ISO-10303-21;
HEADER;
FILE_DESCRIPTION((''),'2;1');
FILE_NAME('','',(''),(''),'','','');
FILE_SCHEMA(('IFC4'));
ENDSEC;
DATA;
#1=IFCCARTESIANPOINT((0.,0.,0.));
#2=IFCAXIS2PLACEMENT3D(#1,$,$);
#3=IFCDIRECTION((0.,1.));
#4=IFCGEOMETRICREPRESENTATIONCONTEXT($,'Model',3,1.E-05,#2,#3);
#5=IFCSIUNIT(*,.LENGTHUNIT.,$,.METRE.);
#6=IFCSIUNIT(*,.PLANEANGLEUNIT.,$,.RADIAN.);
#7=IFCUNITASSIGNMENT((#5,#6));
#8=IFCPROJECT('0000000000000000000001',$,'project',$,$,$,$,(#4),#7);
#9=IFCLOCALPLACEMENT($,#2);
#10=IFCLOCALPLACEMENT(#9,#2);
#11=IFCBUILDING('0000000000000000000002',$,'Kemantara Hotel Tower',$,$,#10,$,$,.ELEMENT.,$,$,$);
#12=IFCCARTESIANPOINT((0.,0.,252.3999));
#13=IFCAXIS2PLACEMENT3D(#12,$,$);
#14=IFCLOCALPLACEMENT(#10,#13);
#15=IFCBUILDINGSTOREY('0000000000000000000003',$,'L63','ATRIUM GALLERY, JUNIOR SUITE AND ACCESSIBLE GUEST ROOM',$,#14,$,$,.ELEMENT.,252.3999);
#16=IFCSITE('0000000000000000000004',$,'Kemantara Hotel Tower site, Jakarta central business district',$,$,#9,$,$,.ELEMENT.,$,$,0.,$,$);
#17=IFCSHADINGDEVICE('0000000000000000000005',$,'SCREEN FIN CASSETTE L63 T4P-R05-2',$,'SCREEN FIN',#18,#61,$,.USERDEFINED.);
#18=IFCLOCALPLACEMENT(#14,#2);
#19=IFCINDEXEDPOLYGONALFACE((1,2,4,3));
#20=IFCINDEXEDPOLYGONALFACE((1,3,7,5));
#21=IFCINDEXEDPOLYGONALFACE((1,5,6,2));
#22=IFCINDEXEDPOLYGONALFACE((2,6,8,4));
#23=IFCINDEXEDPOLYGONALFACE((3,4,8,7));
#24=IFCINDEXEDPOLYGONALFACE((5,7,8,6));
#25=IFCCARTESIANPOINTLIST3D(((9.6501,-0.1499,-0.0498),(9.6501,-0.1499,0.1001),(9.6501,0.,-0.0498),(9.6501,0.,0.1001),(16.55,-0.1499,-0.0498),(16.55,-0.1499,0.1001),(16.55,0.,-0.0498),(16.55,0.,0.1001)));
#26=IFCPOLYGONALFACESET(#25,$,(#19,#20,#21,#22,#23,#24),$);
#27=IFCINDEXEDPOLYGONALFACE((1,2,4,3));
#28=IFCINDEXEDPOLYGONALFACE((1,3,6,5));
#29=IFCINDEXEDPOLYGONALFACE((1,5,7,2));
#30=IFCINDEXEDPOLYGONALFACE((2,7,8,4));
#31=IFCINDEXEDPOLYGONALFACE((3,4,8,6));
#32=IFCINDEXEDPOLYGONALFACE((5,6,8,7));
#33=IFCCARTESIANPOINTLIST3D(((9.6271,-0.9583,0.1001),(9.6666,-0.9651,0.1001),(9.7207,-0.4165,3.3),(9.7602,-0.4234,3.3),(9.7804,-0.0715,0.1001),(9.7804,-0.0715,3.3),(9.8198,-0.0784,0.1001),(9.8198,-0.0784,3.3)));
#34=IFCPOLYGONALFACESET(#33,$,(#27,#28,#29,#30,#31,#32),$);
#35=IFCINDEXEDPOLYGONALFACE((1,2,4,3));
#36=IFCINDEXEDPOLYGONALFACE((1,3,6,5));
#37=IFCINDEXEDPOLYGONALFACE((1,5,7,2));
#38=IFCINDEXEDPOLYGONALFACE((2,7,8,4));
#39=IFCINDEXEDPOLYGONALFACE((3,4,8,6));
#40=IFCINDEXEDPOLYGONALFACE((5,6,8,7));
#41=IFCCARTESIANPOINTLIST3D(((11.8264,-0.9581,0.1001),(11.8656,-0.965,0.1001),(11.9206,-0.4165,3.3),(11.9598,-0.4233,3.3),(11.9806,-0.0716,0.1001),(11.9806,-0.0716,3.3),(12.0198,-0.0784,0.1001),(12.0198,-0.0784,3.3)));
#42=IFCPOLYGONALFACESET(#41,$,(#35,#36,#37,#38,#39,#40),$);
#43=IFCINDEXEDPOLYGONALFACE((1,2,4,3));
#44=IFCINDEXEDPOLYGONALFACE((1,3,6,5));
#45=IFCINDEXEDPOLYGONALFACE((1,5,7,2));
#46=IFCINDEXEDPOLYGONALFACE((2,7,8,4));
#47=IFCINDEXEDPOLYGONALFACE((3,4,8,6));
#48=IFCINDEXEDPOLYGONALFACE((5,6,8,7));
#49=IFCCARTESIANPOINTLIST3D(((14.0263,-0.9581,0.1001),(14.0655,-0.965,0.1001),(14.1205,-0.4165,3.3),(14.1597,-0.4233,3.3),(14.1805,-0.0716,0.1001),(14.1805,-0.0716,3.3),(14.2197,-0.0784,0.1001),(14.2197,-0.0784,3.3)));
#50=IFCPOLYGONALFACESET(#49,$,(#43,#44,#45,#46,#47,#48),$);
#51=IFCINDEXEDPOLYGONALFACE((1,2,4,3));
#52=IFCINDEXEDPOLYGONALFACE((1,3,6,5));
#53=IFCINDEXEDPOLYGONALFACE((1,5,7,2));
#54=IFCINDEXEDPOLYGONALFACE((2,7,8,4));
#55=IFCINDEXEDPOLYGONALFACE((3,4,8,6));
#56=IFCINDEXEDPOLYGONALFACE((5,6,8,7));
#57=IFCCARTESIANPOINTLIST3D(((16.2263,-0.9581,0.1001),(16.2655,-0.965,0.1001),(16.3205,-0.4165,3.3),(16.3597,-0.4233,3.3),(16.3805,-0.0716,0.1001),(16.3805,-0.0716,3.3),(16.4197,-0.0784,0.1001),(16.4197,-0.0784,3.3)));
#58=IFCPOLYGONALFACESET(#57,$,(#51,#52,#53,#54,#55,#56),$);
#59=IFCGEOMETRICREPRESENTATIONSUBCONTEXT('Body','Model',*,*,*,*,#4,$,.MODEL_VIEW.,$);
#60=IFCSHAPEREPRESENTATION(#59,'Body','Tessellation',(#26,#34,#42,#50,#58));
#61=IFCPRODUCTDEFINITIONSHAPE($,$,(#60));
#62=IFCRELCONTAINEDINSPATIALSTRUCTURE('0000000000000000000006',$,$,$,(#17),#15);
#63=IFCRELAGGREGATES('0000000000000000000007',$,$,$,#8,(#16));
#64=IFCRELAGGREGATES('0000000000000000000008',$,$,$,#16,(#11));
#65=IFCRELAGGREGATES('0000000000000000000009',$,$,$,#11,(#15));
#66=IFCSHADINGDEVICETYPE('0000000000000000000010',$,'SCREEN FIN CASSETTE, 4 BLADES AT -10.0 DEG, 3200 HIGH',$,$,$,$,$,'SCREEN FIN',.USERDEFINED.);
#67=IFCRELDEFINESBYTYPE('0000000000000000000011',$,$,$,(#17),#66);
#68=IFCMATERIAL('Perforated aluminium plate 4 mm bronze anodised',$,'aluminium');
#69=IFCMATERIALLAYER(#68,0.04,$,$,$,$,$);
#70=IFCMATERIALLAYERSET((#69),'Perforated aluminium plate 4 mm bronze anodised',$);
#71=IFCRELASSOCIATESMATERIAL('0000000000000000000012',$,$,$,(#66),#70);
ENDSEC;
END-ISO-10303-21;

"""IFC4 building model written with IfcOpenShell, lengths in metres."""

from ifc_helpers import new_model, si_unit, direction, frame, origin, origin_2d, place, context, subcontext, project, spatial, polyline, rectangle, outline, extrude, source, transform, mapped, material, layer, layer_set, type_object, element, save


model = new_model("IFC4")

# Units and contexts
model_context = context("Model", 3, precision=1e-05, world=origin(), true_north=direction((0.0, 1.0)))
body_context = subcontext(model_context, "Body", "Model", "MODEL_VIEW")
ifc_project = project(units=[si_unit("LENGTHUNIT", "METRE"), si_unit("PLANEANGLEUNIT", "RADIAN")], contexts=[model_context])

# Site, building, storey
site_placement = place(None, origin())
site = spatial("IfcSite", under=ifc_project, at=site_placement, Name="Kemantara Hotel Tower site, Jakarta central business district", CompositionType="ELEMENT", RefElevation=0.0)
building_placement = place(site_placement, origin())
building = spatial("IfcBuilding", under=site, at=building_placement, Name="Kemantara Hotel Tower", CompositionType="ELEMENT")
storey_placement = place(building_placement, frame((0.0, 0.0, 252.3999)))
storey = spatial("IfcBuildingStorey", under=building, at=storey_placement, Name="L63", Description="ATRIUM GALLERY, JUNIOR SUITE AND ACCESSIBLE GUEST ROOM", CompositionType="ELEMENT", Elevation=252.3999)

# Shading device
ifc_material_1 = material(Name="Perforated aluminium plate 4 mm bronze anodised", Category="aluminium")
ifc_layer_1 = layer(ifc_material_1, 0.04)
ifc_layer_set_1 = layer_set([ifc_layer_1], Name="Perforated aluminium plate 4 mm bronze anodised")
shading_device_type_1 = type_object("IfcShadingDeviceType", Name="SCREEN FIN CASSETTE, 4 BLADES AT -10.0 DEG, 3200 HIGH", ElementType="SCREEN FIN", PredefinedType="USERDEFINED", material=ifc_layer_set_1)
shared_shape_1 = source(origin(), body_context, "Body", "SweptSolid", [
    extrude(rectangle(XDim=6.8999, YDim=0.1499, at=origin_2d()), frame((3.3, -0.075, -0.1499), z_axis=(0.0, 0.0, 1.0), x_axis=(1.0, 0.0, 0.0)), (0.0, 0.0, 1.0), 0.1499),
    extrude(outline(polyline([(0.0, 0.0), (0.8999, 0.0), (0.3501, 3.2), (0.0, 3.2), (0.0, 0.0)])), frame((0.0198, -0.0784, 0.0), z_axis=(-0.98539, 0.170314, 0.0), x_axis=(-0.170314, -0.98539, 0.0)), (0.0, 0.0, 1.0), 0.04),
    extrude(outline(polyline([(0.0, 0.0), (0.8999, 0.0), (0.3501, 3.2), (0.0, 3.2), (0.0, 0.0)])), frame((2.2197, -0.0784, 0.0), z_axis=(-0.985212, 0.171341, 0.0), x_axis=(-0.171341, -0.985212, 0.0)), (0.0, 0.0, 1.0), 0.0398),
    extrude(outline(polyline([(0.0, 0.0), (0.8999, 0.0), (0.3501, 3.2), (0.0, 3.2), (0.0, 0.0)])), frame((4.4197, -0.0784, 0.0), z_axis=(-0.985212, 0.171341, 0.0), x_axis=(-0.171341, -0.985212, 0.0)), (0.0, 0.0, 1.0), 0.0398),
    extrude(outline(polyline([(0.0, 0.0), (0.8999, 0.0), (0.3501, 3.2), (0.0, 3.2), (0.0, 0.0)])), frame((6.6196, -0.0784, 0.0), z_axis=(-0.985212, 0.171341, 0.0), x_axis=(-0.171341, -0.985212, 0.0)), (0.0, 0.0, 1.0), 0.0398),
])
shading_device_1_placement = place(storey_placement, frame((9.8, 0.0, 0.1001), z_axis=(0.0, 0.0, 1.0), x_axis=(1.0, 0.0, 0.0)))
element("IfcShadingDevice", 1, at=shading_device_1_placement, inside=storey, type_object=shading_device_type_1, Name="SCREEN FIN CASSETTE L63 T4P-R05-2", ObjectType="SCREEN FIN", PredefinedType="USERDEFINED", context=body_context, shape_type="MappedRepresentation", body=[
    mapped(shared_shape_1, transform((0.0, 0.0, 0.0))),
])

save(model, "model.ifc")
